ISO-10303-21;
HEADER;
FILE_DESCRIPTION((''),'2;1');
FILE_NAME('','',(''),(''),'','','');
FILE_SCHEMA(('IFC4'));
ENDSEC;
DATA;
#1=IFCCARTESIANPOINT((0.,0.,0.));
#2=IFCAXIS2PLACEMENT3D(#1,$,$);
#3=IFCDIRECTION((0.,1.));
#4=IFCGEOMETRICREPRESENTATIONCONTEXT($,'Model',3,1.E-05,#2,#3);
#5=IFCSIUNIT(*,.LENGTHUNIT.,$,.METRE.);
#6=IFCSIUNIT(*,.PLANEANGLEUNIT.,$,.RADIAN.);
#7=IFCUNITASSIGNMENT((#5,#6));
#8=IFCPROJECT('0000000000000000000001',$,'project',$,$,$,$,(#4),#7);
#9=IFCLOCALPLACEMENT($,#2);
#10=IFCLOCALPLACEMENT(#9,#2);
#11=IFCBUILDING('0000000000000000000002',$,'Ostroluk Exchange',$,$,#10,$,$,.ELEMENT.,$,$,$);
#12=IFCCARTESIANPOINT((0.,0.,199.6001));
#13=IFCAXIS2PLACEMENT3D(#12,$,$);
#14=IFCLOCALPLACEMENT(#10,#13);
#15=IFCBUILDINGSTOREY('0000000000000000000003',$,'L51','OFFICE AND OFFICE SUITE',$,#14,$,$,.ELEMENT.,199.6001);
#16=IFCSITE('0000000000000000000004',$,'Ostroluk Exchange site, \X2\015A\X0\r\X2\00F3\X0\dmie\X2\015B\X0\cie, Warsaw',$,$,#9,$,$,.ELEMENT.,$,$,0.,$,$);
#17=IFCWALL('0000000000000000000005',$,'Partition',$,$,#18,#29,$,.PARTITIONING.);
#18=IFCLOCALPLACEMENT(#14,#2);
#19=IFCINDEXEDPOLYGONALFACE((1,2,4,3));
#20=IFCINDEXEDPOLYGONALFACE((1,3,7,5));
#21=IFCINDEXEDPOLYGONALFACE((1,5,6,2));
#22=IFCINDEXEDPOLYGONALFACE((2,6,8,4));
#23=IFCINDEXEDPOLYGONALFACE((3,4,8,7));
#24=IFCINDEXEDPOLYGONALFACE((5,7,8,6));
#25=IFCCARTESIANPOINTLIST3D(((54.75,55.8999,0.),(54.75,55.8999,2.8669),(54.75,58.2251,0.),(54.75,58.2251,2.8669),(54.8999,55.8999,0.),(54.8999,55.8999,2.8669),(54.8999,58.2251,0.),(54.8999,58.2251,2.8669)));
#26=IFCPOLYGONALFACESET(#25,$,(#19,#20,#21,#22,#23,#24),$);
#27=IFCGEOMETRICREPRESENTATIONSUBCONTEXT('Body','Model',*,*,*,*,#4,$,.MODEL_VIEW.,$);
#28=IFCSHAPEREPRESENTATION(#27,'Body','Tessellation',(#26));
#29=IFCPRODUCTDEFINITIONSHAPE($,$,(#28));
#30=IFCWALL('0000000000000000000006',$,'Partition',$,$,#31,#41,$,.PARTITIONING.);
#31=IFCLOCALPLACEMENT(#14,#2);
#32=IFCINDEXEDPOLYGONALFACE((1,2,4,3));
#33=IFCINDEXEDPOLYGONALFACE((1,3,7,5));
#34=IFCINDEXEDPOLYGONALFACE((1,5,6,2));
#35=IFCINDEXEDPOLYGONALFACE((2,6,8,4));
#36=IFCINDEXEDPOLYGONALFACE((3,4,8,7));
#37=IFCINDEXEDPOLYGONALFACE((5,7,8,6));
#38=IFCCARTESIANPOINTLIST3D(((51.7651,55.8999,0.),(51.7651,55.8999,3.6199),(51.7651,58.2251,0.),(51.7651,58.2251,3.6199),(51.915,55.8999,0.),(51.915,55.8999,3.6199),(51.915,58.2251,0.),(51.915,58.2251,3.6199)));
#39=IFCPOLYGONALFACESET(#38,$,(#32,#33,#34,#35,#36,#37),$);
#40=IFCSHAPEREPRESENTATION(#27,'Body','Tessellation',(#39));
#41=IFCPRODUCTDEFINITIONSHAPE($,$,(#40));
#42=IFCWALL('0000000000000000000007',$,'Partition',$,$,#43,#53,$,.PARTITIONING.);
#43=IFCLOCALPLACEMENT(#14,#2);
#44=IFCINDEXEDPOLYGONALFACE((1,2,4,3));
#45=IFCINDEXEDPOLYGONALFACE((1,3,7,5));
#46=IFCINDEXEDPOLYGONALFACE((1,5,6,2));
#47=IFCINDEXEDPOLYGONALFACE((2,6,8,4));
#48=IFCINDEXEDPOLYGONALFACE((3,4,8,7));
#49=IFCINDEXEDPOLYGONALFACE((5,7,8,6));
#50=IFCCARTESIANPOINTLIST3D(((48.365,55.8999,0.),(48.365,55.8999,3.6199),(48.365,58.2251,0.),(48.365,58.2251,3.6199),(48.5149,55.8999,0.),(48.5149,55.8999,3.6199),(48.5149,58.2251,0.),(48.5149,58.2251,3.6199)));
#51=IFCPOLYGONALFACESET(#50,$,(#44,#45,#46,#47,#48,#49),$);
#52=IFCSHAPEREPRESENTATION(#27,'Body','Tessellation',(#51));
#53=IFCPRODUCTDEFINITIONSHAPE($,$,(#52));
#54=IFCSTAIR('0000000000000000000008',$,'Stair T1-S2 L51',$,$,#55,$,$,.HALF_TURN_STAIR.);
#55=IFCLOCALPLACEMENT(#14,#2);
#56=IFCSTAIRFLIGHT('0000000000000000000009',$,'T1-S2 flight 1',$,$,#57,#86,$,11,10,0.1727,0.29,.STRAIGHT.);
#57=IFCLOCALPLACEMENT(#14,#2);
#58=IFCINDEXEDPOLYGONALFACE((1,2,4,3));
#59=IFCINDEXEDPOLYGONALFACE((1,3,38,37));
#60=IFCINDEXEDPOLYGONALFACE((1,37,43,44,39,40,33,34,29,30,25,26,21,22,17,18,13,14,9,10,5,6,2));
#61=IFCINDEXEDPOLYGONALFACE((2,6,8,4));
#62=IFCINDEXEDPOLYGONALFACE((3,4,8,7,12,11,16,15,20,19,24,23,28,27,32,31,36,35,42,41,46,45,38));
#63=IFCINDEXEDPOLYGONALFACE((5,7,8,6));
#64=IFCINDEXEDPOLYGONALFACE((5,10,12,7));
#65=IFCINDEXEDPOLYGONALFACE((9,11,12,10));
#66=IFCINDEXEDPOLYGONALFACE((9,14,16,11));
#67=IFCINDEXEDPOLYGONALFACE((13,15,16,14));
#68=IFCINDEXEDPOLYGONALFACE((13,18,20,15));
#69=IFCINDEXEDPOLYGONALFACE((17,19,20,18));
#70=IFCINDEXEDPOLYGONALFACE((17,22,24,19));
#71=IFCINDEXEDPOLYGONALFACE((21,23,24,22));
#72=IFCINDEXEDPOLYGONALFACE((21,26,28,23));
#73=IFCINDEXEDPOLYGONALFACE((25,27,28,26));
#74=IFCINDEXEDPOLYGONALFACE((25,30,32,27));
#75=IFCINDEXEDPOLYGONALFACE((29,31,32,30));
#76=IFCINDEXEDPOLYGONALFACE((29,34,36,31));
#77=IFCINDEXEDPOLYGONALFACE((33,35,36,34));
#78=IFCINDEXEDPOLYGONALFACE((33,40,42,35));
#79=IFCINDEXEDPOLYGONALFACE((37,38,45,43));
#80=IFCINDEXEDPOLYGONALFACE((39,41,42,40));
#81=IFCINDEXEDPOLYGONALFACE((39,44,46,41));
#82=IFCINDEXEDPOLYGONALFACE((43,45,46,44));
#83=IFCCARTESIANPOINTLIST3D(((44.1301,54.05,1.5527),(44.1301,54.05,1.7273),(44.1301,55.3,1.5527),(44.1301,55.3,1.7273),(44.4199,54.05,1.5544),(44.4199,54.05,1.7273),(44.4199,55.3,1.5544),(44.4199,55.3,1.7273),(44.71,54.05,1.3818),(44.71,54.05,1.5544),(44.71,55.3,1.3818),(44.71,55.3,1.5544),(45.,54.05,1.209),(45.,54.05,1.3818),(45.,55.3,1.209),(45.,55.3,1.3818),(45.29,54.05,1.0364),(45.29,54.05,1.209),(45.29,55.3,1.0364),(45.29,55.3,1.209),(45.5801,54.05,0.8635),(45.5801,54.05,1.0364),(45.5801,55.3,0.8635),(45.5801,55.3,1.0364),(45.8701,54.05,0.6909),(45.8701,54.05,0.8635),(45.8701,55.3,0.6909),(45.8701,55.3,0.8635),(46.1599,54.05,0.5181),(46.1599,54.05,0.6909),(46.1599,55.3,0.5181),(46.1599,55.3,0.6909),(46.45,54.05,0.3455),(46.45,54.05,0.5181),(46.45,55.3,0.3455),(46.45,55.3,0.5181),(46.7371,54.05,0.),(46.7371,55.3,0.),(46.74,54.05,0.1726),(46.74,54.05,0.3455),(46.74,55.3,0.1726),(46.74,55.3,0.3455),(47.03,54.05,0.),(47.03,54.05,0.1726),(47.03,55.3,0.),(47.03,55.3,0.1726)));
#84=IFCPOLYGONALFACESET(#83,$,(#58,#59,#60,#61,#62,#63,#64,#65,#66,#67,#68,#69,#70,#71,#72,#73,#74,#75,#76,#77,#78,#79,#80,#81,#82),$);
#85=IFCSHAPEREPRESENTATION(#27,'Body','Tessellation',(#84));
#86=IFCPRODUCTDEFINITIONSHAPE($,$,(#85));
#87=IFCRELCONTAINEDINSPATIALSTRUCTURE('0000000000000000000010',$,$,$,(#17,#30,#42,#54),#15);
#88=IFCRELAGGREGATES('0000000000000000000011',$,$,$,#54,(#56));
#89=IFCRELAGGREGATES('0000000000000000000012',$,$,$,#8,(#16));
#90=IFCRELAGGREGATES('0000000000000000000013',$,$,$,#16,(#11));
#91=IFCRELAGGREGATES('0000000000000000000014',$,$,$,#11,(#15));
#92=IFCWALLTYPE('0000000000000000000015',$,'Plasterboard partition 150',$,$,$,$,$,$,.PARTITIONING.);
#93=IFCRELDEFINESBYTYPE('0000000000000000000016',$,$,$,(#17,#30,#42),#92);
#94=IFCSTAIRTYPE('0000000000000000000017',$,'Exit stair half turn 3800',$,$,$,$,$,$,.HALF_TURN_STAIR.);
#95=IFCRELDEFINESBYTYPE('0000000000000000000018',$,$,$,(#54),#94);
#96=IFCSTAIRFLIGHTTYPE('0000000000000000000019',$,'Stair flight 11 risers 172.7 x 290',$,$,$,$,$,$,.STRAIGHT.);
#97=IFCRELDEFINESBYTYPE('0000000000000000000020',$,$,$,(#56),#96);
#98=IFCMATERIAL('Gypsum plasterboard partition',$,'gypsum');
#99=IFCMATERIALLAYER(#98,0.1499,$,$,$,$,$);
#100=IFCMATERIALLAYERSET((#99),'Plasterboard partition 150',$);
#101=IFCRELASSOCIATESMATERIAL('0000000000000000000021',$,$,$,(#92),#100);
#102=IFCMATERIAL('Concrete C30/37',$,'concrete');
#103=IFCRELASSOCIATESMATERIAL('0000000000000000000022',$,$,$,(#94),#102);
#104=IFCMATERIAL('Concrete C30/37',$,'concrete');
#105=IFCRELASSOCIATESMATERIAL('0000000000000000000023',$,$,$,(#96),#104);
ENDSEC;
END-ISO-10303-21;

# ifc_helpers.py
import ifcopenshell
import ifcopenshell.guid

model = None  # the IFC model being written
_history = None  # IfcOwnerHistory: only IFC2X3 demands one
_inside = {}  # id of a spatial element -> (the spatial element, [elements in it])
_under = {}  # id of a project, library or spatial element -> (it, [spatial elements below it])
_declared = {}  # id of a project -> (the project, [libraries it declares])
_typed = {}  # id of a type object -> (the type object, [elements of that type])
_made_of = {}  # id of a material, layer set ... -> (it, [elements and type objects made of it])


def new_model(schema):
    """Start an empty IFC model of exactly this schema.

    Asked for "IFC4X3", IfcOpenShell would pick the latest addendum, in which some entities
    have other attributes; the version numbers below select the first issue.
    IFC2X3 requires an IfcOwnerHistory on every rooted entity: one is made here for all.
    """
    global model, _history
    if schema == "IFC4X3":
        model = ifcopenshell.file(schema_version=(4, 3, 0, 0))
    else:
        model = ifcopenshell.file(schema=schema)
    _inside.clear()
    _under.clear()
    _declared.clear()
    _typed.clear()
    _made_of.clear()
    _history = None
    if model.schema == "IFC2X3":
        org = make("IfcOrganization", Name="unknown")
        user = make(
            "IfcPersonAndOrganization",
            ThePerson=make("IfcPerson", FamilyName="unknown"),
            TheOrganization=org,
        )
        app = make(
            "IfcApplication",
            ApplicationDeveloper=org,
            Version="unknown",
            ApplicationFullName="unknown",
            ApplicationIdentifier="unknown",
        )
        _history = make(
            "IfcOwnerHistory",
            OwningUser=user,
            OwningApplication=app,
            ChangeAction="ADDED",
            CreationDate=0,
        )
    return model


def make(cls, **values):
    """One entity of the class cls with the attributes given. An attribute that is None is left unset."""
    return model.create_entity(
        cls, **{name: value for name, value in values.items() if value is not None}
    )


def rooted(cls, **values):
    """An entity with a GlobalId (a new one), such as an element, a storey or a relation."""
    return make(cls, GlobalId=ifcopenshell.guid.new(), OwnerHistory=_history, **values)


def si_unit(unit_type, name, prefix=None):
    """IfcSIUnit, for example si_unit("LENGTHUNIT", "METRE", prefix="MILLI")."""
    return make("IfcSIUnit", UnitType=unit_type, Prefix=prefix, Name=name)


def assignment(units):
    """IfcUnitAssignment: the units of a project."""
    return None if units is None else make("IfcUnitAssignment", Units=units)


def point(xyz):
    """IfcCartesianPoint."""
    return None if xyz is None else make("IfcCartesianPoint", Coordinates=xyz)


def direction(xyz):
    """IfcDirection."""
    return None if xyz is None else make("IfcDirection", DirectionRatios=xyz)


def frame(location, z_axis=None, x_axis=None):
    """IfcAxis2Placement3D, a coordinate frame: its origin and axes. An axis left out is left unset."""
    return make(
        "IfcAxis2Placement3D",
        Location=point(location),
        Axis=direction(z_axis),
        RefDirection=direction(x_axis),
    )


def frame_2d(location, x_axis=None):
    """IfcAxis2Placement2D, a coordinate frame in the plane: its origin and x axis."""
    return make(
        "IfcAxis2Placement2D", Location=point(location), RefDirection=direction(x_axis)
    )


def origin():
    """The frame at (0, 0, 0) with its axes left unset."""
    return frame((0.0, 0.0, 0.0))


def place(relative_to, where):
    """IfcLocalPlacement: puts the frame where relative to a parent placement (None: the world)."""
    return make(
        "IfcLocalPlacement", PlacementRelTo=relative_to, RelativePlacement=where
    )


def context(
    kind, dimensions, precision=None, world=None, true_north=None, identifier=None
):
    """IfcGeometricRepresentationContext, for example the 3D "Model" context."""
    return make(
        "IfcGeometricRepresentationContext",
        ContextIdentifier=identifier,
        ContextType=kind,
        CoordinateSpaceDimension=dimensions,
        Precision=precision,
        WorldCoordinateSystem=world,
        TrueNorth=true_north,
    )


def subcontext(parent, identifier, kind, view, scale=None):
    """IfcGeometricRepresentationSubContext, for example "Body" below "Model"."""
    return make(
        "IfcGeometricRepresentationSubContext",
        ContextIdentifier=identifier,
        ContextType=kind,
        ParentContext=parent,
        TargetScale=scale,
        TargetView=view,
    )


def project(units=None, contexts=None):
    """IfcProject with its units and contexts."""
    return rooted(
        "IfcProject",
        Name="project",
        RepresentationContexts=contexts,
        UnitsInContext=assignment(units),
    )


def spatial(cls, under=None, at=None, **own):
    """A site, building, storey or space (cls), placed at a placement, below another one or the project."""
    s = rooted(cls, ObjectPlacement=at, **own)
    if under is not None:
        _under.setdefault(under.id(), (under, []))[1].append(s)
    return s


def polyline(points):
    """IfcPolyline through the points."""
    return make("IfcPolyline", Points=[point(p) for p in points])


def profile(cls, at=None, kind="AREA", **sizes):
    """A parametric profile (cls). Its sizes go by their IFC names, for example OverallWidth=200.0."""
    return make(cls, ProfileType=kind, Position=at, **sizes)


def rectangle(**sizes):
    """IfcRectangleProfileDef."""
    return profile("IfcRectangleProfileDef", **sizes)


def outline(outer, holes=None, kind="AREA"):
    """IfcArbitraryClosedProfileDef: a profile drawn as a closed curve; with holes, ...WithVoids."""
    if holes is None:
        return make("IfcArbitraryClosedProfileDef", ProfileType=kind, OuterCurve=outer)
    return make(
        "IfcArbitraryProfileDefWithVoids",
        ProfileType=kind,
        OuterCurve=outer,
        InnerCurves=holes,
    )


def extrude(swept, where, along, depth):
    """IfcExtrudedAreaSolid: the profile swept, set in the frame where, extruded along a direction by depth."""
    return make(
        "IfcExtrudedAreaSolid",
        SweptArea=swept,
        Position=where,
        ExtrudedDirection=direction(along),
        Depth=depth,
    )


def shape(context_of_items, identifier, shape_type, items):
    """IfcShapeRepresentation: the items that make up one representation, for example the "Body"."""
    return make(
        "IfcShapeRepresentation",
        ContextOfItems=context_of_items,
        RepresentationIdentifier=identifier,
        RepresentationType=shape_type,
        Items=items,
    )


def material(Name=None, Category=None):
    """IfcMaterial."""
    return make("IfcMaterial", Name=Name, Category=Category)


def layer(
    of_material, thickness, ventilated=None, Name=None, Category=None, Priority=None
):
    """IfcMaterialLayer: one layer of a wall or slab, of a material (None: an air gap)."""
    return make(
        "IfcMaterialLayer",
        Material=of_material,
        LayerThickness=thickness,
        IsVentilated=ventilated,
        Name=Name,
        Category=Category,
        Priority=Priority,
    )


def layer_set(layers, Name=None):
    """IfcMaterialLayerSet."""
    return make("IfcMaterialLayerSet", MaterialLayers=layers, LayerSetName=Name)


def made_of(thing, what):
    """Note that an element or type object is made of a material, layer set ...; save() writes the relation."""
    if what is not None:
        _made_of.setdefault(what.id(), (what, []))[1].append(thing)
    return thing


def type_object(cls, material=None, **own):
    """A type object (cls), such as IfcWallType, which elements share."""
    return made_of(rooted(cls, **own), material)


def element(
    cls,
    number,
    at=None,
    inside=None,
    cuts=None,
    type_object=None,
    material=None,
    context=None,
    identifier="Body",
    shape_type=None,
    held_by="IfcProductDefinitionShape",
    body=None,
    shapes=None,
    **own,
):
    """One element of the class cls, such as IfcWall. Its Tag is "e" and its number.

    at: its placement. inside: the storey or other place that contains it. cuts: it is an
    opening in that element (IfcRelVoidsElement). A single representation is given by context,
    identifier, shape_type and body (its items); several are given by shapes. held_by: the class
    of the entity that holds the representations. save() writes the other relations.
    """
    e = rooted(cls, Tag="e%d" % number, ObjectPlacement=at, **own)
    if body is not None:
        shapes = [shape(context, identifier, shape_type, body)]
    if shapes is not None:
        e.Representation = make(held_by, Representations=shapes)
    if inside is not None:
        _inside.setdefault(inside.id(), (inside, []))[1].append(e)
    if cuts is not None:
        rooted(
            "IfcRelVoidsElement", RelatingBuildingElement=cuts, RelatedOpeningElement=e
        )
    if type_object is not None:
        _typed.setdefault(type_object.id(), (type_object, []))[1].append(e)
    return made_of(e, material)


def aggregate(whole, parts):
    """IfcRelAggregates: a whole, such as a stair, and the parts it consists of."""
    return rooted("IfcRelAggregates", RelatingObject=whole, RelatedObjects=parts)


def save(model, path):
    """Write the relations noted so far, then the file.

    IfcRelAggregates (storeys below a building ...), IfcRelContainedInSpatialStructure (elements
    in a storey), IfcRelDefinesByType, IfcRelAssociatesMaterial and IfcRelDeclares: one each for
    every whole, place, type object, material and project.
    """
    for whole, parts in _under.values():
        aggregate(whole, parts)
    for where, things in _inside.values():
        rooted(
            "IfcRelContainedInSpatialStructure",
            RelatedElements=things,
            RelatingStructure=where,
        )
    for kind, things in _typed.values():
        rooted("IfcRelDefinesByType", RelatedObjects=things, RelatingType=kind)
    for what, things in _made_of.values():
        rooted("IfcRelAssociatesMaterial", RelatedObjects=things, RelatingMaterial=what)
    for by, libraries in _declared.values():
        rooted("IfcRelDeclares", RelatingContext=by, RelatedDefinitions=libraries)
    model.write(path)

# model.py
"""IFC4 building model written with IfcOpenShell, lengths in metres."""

from ifc_helpers import new_model, si_unit, direction, frame, frame_2d, origin, place, context, subcontext, project, spatial, polyline, rectangle, outline, extrude, material, layer, layer_set, type_object, element, aggregate, save


model = new_model("IFC4")

# Units and contexts
model_context = context("Model", 3, precision=1e-05, world=origin(), true_north=direction((0.0, 1.0)))
body_context = subcontext(model_context, "Body", "Model", "MODEL_VIEW")
ifc_project = project(units=[si_unit("LENGTHUNIT", "METRE"), si_unit("PLANEANGLEUNIT", "RADIAN")], contexts=[model_context])

# Site, building, storey
site_placement = place(None, origin())
site = spatial("IfcSite", under=ifc_project, at=site_placement, Name="Ostroluk Exchange site, Śródmieście, Warsaw", CompositionType="ELEMENT", RefElevation=0.0)
building_placement = place(site_placement, origin())
building = spatial("IfcBuilding", under=site, at=building_placement, Name="Ostroluk Exchange", CompositionType="ELEMENT")
storey_placement = place(building_placement, frame((0.0, 0.0, 199.6001)))
storey = spatial("IfcBuildingStorey", under=building, at=storey_placement, Name="L51", Description="OFFICE AND OFFICE SUITE", CompositionType="ELEMENT", Elevation=199.6001)

# Walls
ifc_material_1 = material(Name="Gypsum plasterboard partition", Category="gypsum")
ifc_layer_1 = layer(ifc_material_1, 0.1499)
ifc_layer_set_1 = layer_set([ifc_layer_1], Name="Plasterboard partition 150")
wall_type_1 = type_object("IfcWallType", Name="Plasterboard partition 150", PredefinedType="PARTITIONING", material=ifc_layer_set_1)
for number, where, z_axis, x_axis, name in (
    (1, (54.825, 55.8999, 0.0), (0.0, 0.0, 1.0), (0.0, 1.0, 0.0), "Partition"),
):
    element("IfcWall", number, at=place(storey_placement, frame(where, z_axis=z_axis, x_axis=x_axis)), inside=storey, type_object=wall_type_1, Name=name, PredefinedType="PARTITIONING", context=body_context, shape_type="SweptSolid", body=[
        extrude(rectangle(XDim=2.3252, YDim=0.1499, at=frame_2d((1.1626, 0.0))), origin(), (0.0, 0.0, 1.0), 2.8669),
    ])
for number, where, z_axis, x_axis, name in (
    (2, (51.8401, 55.8999, 0.0), (0.0, 0.0, 1.0), (0.0, 1.0, 0.0), "Partition"),
    (3, (48.4399, 55.8999, 0.0), (0.0, 0.0, 1.0), (0.0, 1.0, 0.0), "Partition"),
):
    element("IfcWall", number, at=place(storey_placement, frame(where, z_axis=z_axis, x_axis=x_axis)), inside=storey, type_object=wall_type_1, Name=name, PredefinedType="PARTITIONING", context=body_context, shape_type="SweptSolid", body=[
        extrude(rectangle(XDim=2.3252, YDim=0.1499, at=frame_2d((1.1626, 0.0))), origin(), (0.0, 0.0, 1.0), 3.6199),
    ])

# Stair, stair flight
ifc_material_2 = material(Name="Concrete C30/37", Category="concrete")
stair_type = type_object("IfcStairType", Name="Exit stair half turn 3800", PredefinedType="HALF_TURN_STAIR", material=ifc_material_2)
stair_placement = place(storey_placement, origin())
stair = element("IfcStair", 4, at=stair_placement, inside=storey, type_object=stair_type, Name="Stair T1-S2 L51", PredefinedType="HALF_TURN_STAIR")
ifc_material_3 = material(Name="Concrete C30/37", Category="concrete")
stair_flight_type = type_object("IfcStairFlightType", Name="Stair flight 11 risers 172.7 x 290", PredefinedType="STRAIGHT", material=ifc_material_3)
stair_flight_placement = place(storey_placement, frame((47.03, 54.675, 0.0), z_axis=(0.0, 0.0, 1.0), x_axis=(-1.0, 0.0, 0.0)))
stair_flight = element("IfcStairFlight", 5, at=stair_flight_placement, type_object=stair_flight_type, Name="T1-S2 flight 1", NumberOfRisers=11, NumberOfTreads=10, PredefinedType="STRAIGHT", RiserHeight=0.1727, TreadLength=0.29, context=body_context, shape_type="SweptSolid", body=[
    extrude(outline(polyline([(0.0, 0.0), (0.0, 0.1726), (0.29, 0.1726), (0.29, 0.3455), (0.5801, 0.3455), (0.5801, 0.5181), (0.8701, 0.5181), (0.8701, 0.6909), (1.1599, 0.6909), (1.1599, 0.8635), (1.45, 0.8635), (1.45, 1.0364), (1.74, 1.0364), (1.74, 1.209), (2.03, 1.209), (2.03, 1.3818), (2.3201, 1.3818), (2.3201, 1.5544), (2.6101, 1.5544), (2.6101, 1.7273), (2.8999, 1.7273), (2.8999, 1.8999), (2.8999, 1.5527), (0.293, 0.0), (0.0, 0.0)])), frame((0.0, 0.625, 0.0), z_axis=(0.0, -1.0, 0.0), x_axis=(1.0, 0.0, 0.0)), (0.0, 0.0, 1.0), 1.25),
])
aggregate(stair, [stair_flight])

save(model, "model.ifc")
